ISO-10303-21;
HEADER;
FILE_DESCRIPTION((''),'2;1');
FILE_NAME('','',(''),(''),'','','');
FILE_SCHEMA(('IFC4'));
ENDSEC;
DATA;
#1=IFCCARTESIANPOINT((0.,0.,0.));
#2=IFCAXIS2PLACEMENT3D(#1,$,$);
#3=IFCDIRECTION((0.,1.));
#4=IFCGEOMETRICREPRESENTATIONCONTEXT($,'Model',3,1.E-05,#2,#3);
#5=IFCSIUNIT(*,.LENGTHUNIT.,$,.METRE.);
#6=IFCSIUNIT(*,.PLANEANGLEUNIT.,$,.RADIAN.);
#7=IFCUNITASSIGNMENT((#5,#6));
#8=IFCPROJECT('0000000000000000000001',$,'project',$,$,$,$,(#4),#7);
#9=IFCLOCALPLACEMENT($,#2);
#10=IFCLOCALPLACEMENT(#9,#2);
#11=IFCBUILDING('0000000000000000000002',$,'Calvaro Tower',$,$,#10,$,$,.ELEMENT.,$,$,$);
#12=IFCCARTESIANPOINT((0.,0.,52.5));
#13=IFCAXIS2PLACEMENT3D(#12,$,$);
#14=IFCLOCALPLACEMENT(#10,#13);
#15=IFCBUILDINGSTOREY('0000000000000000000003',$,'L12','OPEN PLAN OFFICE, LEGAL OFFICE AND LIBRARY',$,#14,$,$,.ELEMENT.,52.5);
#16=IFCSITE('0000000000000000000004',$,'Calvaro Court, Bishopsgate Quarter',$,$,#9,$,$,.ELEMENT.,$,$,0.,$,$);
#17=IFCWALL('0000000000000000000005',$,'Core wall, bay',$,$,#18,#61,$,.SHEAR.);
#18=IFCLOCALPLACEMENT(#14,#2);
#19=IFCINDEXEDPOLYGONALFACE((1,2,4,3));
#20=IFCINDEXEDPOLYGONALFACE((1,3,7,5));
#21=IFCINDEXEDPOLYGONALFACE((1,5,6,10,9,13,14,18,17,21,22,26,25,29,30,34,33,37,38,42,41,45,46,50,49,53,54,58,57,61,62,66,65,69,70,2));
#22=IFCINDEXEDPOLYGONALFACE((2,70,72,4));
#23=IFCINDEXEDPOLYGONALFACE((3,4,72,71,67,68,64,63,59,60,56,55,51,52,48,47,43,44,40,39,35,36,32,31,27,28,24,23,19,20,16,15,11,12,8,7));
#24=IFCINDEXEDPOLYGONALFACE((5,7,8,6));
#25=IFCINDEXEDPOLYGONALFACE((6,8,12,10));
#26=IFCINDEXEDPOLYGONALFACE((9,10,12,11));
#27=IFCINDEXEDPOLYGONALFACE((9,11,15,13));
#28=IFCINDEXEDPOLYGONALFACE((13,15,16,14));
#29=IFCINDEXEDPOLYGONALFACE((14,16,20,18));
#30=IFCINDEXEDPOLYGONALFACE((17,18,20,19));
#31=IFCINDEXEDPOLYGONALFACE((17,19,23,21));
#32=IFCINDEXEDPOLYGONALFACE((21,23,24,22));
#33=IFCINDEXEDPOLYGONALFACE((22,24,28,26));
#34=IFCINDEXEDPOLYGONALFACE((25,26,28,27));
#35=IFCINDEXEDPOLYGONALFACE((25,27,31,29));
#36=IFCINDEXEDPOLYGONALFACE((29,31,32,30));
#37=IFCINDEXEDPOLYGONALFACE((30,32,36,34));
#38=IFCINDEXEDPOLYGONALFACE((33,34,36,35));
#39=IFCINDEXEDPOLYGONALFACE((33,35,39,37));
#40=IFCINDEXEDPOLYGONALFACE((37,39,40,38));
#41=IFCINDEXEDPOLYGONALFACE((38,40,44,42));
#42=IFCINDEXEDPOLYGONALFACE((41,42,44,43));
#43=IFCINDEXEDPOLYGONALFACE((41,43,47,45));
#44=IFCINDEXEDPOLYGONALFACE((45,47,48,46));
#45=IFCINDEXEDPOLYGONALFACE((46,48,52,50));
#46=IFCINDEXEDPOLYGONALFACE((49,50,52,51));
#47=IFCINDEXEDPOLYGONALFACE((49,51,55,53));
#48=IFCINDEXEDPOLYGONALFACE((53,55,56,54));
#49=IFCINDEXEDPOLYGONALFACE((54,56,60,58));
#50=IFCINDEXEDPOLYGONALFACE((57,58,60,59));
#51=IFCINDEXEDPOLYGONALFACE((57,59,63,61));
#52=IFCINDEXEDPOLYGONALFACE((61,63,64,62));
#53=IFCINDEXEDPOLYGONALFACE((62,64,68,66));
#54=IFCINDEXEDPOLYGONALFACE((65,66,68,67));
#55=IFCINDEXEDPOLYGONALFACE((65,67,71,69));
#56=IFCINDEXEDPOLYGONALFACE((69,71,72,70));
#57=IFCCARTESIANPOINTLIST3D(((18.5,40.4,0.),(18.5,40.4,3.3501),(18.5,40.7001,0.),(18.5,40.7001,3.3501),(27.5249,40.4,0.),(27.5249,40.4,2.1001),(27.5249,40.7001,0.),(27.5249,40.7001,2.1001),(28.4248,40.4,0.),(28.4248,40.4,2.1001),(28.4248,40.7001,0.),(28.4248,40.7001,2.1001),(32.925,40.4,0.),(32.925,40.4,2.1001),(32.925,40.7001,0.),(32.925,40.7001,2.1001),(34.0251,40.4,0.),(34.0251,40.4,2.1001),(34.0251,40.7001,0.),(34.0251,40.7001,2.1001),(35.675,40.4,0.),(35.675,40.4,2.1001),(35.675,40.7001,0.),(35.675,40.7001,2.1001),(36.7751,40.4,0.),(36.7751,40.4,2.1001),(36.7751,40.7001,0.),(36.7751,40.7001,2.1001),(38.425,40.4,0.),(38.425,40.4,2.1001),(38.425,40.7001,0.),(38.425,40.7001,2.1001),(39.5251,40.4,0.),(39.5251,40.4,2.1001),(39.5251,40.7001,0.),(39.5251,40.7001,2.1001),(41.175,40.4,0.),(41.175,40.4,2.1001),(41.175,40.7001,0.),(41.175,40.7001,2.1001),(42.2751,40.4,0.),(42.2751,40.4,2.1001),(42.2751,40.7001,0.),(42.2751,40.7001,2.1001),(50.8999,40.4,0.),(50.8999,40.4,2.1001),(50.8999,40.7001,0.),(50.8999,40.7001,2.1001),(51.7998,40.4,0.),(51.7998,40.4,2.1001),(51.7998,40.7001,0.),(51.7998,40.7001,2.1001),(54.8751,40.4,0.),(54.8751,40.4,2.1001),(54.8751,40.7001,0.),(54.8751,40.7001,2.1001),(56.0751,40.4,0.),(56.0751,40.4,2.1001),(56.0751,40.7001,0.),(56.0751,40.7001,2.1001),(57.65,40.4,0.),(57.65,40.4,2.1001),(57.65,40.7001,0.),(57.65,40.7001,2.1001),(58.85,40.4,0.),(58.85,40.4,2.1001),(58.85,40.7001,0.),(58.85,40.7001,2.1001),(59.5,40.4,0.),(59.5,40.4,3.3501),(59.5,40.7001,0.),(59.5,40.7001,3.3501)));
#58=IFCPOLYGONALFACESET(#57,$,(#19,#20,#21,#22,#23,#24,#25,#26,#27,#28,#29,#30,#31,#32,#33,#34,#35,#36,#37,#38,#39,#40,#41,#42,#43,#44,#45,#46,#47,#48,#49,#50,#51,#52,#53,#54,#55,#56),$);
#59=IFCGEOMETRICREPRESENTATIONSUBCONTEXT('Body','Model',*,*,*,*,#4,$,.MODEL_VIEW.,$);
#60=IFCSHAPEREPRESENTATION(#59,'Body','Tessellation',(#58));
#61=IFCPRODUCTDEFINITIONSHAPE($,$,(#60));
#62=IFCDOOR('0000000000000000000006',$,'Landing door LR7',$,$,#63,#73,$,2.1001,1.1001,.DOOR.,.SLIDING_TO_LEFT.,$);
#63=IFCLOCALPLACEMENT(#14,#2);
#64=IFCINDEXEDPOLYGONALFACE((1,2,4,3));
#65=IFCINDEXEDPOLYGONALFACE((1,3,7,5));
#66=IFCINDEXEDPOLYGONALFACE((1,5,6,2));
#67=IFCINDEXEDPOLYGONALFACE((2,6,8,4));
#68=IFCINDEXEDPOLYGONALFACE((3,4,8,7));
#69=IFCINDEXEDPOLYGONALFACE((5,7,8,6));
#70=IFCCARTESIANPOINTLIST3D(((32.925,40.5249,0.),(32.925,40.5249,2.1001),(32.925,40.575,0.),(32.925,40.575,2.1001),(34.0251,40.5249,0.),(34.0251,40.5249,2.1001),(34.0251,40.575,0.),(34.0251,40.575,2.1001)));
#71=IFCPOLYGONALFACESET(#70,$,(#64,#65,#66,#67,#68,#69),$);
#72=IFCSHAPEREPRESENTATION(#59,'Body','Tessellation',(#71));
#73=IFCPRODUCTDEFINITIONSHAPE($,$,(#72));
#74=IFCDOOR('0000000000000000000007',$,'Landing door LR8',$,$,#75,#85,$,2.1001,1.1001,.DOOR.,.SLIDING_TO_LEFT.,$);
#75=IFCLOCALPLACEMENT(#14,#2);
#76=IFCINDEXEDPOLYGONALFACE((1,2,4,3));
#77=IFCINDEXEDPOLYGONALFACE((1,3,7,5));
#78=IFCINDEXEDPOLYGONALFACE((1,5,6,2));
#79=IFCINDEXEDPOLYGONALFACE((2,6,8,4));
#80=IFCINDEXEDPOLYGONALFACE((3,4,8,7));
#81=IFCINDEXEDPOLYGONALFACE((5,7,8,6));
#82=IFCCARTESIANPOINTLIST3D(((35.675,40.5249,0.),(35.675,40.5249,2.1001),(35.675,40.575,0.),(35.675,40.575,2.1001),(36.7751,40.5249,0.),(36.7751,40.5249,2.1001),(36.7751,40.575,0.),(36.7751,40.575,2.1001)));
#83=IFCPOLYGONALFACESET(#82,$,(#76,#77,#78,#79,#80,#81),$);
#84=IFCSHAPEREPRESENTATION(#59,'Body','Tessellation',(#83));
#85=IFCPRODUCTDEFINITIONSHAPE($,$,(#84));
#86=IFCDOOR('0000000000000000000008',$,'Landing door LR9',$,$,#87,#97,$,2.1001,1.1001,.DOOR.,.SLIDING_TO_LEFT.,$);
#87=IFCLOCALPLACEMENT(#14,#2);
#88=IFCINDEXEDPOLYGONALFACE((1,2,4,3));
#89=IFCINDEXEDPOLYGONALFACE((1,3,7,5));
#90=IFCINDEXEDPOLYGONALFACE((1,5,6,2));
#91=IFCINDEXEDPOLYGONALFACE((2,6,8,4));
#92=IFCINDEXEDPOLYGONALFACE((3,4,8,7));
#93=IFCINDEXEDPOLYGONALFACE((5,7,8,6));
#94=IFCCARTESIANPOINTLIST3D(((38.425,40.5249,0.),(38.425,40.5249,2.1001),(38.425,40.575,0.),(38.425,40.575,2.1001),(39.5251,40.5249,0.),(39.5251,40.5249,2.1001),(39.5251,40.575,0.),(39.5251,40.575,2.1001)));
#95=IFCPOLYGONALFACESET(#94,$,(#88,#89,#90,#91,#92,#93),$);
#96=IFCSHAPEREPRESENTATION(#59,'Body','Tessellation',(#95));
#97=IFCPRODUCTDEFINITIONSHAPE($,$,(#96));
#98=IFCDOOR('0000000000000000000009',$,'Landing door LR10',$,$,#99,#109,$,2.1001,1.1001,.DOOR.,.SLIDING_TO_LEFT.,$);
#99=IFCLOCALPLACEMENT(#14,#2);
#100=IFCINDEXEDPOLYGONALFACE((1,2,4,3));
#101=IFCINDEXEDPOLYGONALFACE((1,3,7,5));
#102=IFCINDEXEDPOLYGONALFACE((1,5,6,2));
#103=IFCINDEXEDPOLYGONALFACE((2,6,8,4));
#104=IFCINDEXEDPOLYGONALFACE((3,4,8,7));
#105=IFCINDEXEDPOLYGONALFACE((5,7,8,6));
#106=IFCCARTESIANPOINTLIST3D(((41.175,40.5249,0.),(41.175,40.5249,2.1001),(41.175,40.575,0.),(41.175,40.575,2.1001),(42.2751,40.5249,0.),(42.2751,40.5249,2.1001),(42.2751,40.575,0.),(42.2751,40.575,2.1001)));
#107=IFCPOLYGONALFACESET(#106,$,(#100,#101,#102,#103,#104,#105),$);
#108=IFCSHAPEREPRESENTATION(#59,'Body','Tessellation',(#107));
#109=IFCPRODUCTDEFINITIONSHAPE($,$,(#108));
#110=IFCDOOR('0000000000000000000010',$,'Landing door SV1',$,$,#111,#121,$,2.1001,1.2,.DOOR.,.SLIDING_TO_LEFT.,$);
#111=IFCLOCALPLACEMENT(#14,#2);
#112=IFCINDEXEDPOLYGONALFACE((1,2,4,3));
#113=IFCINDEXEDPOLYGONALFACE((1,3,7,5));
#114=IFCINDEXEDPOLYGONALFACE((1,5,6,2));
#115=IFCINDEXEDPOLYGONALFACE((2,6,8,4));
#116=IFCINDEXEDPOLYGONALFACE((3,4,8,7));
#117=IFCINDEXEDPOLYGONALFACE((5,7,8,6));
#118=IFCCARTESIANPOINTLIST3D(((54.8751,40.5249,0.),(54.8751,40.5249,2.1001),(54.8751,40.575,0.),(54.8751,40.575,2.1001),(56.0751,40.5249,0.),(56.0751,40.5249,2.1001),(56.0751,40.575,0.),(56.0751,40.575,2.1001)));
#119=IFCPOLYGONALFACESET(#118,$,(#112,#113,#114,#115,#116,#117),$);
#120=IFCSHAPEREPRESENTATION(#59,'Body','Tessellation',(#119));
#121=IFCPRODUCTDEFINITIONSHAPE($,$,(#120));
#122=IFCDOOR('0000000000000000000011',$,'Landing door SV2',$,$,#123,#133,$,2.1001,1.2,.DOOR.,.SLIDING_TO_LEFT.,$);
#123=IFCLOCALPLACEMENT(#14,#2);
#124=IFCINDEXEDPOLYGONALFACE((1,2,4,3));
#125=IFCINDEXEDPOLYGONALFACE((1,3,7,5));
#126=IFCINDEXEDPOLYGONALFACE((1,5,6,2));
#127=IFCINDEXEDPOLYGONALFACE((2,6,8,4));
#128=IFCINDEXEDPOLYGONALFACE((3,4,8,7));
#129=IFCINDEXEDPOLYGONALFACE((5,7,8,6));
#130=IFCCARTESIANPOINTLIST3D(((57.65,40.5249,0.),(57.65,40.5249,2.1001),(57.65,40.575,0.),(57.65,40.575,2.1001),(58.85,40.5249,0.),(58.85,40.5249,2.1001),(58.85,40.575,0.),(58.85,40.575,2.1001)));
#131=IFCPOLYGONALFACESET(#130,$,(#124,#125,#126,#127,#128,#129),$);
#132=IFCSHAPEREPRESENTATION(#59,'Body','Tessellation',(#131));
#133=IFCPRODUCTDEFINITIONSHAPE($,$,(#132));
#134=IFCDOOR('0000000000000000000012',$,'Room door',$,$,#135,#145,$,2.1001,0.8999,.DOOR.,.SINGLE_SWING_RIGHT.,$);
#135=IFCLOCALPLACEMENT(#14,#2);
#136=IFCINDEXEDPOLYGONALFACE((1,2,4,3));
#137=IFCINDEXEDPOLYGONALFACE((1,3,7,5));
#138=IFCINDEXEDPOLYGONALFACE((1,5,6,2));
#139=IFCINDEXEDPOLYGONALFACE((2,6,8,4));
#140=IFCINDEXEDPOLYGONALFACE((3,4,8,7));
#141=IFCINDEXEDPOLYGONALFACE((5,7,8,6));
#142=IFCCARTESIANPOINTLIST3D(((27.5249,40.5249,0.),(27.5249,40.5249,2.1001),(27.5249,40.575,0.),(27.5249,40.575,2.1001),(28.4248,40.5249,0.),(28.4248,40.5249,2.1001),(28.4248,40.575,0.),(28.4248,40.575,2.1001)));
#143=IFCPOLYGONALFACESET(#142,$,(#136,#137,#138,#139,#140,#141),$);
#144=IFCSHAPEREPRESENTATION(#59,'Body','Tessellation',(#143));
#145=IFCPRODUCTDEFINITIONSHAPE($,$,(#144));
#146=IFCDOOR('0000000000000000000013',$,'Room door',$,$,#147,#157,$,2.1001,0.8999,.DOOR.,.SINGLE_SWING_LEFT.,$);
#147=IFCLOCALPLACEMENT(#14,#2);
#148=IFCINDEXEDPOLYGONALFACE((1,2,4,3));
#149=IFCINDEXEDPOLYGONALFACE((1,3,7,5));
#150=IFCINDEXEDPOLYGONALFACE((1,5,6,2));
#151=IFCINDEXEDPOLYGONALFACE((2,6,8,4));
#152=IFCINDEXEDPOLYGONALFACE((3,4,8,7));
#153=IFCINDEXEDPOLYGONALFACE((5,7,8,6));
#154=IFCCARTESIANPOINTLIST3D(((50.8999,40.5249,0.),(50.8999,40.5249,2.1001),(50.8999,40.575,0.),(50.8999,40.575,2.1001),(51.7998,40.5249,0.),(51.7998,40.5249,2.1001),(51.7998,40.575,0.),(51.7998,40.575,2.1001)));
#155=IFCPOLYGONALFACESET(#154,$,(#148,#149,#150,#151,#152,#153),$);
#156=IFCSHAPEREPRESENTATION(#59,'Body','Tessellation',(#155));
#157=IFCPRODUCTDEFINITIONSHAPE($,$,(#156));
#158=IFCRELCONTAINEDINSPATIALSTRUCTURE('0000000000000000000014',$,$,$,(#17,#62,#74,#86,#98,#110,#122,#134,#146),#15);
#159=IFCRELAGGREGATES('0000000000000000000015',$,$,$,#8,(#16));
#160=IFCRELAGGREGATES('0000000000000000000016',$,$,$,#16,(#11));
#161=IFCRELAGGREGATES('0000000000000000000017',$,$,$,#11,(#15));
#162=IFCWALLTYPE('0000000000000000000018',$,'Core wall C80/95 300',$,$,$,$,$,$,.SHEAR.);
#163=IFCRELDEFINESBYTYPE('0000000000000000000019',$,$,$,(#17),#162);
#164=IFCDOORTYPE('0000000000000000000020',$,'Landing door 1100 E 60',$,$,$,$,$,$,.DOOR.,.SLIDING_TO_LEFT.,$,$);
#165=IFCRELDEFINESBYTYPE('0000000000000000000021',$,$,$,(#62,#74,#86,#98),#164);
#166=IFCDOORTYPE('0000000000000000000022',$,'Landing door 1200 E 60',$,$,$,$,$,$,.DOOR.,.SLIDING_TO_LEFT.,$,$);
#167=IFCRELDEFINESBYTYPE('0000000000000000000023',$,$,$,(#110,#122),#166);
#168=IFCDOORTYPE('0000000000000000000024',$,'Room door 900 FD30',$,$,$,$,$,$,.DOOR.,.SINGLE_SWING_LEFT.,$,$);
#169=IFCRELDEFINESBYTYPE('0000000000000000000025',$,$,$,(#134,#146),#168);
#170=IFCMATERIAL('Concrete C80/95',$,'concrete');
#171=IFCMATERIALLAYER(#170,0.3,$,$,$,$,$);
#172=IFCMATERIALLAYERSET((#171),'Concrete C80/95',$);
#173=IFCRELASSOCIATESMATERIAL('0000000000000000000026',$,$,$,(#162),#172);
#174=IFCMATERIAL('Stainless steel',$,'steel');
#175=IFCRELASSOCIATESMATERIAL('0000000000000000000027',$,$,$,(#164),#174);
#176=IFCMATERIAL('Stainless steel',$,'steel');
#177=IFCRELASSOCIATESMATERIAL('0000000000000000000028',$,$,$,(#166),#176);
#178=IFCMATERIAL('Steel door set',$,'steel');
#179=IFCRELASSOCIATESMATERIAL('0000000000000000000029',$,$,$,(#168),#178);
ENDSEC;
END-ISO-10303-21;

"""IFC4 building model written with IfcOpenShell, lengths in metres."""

from ifc_helpers import new_model, si_unit, direction, frame, frame_2d, origin, place, context, subcontext, project, spatial, rectangle, extrude, material, layer, layer_set, type_object, element, fill, save


model = new_model("IFC4")

# Units and contexts
model_context = context("Model", 3, precision=1e-05, world=origin(), true_north=direction((0.0, 1.0)))
body_context = subcontext(model_context, "Body", "Model", "MODEL_VIEW")
ifc_project = project(units=[si_unit("LENGTHUNIT", "METRE"), si_unit("PLANEANGLEUNIT", "RADIAN")], contexts=[model_context])

# Site, building, storey
site_placement = place(None, origin())
site = spatial("IfcSite", under=ifc_project, at=site_placement, Name="Calvaro Court, Bishopsgate Quarter", CompositionType="ELEMENT", RefElevation=0.0)
building_placement = place(site_placement, origin())
building = spatial("IfcBuilding", under=site, at=building_placement, Name="Calvaro Tower", CompositionType="ELEMENT")
storey_placement = place(building_placement, frame((0.0, 0.0, 52.5)))
storey = spatial("IfcBuildingStorey", under=building, at=storey_placement, Name="L12", Description="OPEN PLAN OFFICE, LEGAL OFFICE AND LIBRARY", CompositionType="ELEMENT", Elevation=52.5)

# Shared definitions
ifc_material_1 = material(Name="Concrete C80/95", Category="concrete")
ifc_layer_1 = layer(ifc_material_1, 0.3)
ifc_layer_set_1 = layer_set([ifc_layer_1], Name="Concrete C80/95")
wall_type_1 = type_object("IfcWallType", Name="Core wall C80/95 300", PredefinedType="SHEAR", material=ifc_layer_set_1)
ifc_material_2 = material(Name="Stainless steel", Category="steel")
door_type_1 = type_object("IfcDoorType", Name="Landing door 1100 E 60", OperationType="SLIDING_TO_LEFT", PredefinedType="DOOR", material=ifc_material_2)

# Wall, openings, doors
wall_1_placement = place(storey_placement, frame((18.5, 40.55, 0.0), z_axis=(0.0, 0.0, 1.0), x_axis=(1.0, 0.0, 0.0)))
wall_1 = element("IfcWall", 1, at=wall_1_placement, inside=storey, type_object=wall_type_1, Name="Core wall, bay", PredefinedType="SHEAR", context=body_context, shape_type="SweptSolid", body=[
    extrude(rectangle(XDim=41.0, YDim=0.3, at=frame_2d((20.5, 0.0))), origin(), (0.0, 0.0, 1.0), 3.3501),
])
opening_1_placement = place(wall_1_placement, frame((9.0249, 0.0, 0.0)))
opening_1 = element("IfcOpeningElement", 2, at=opening_1_placement, cuts=wall_1, PredefinedType="OPENING", context=body_context, shape_type="SweptSolid", body=[
    extrude(rectangle(XDim=0.8999, YDim=2.1001, at=frame_2d((0.45, 1.05))), frame((0.0, 0.1599, 0.0), z_axis=(0.0, -1.0, 0.0), x_axis=(1.0, 0.0, 0.0)), (0.0, 0.0, 1.0), 0.3201),
])
opening_2_placement = place(wall_1_placement, frame((32.3999, 0.0, 0.0)))
opening_2 = element("IfcOpeningElement", 3, at=opening_2_placement, cuts=wall_1, PredefinedType="OPENING", context=body_context, shape_type="SweptSolid", body=[
    extrude(rectangle(XDim=0.8999, YDim=2.1001, at=frame_2d((0.45, 1.05))), frame((0.0, 0.1599, 0.0), z_axis=(0.0, -1.0, 0.0), x_axis=(1.0, 0.0, 0.0)), (0.0, 0.0, 1.0), 0.3201),
])
opening_3_placement = place(wall_1_placement, frame((14.425, 0.0, 0.0)))
opening_3 = element("IfcOpeningElement", 4, at=opening_3_placement, cuts=wall_1, PredefinedType="OPENING", context=body_context, shape_type="SweptSolid", body=[
    extrude(rectangle(XDim=1.1001, YDim=2.1001, at=frame_2d((0.55, 1.05))), frame((0.0, 0.1599, 0.0), z_axis=(0.0, -1.0, 0.0), x_axis=(1.0, 0.0, 0.0)), (0.0, 0.0, 1.0), 0.3201),
])
opening_4_placement = place(wall_1_placement, frame((17.175, 0.0, 0.0)))
opening_4 = element("IfcOpeningElement", 5, at=opening_4_placement, cuts=wall_1, PredefinedType="OPENING", context=body_context, shape_type="SweptSolid", body=[
    extrude(rectangle(XDim=1.1001, YDim=2.1001, at=frame_2d((0.55, 1.05))), frame((0.0, 0.1599, 0.0), z_axis=(0.0, -1.0, 0.0), x_axis=(1.0, 0.0, 0.0)), (0.0, 0.0, 1.0), 0.3201),
])
opening_5_placement = place(wall_1_placement, frame((19.925, 0.0, 0.0)))
opening_5 = element("IfcOpeningElement", 6, at=opening_5_placement, cuts=wall_1, PredefinedType="OPENING", context=body_context, shape_type="SweptSolid", body=[
    extrude(rectangle(XDim=1.1001, YDim=2.1001, at=frame_2d((0.55, 1.05))), frame((0.0, 0.1599, 0.0), z_axis=(0.0, -1.0, 0.0), x_axis=(1.0, 0.0, 0.0)), (0.0, 0.0, 1.0), 0.3201),
])
opening_6_placement = place(wall_1_placement, frame((22.675, 0.0, 0.0)))
opening_6 = element("IfcOpeningElement", 7, at=opening_6_placement, cuts=wall_1, PredefinedType="OPENING", context=body_context, shape_type="SweptSolid", body=[
    extrude(rectangle(XDim=1.1001, YDim=2.1001, at=frame_2d((0.55, 1.05))), frame((0.0, 0.1599, 0.0), z_axis=(0.0, -1.0, 0.0), x_axis=(1.0, 0.0, 0.0)), (0.0, 0.0, 1.0), 0.3201),
])
opening_7_placement = place(wall_1_placement, frame((36.375, 0.0, 0.0)))
opening_7 = element("IfcOpeningElement", 8, at=opening_7_placement, cuts=wall_1, PredefinedType="OPENING", context=body_context, shape_type="SweptSolid", body=[
    extrude(rectangle(XDim=1.2, YDim=2.1001, at=frame_2d((0.6001, 1.05))), frame((0.0, 0.1599, 0.0), z_axis=(0.0, -1.0, 0.0), x_axis=(1.0, 0.0, 0.0)), (0.0, 0.0, 1.0), 0.3201),
])
opening_8_placement = place(wall_1_placement, frame((39.1499, 0.0, 0.0)))
opening_8 = element("IfcOpeningElement", 9, at=opening_8_placement, cuts=wall_1, PredefinedType="OPENING", context=body_context, shape_type="SweptSolid", body=[
    extrude(rectangle(XDim=1.2, YDim=2.1001, at=frame_2d((0.6001, 1.05))), frame((0.0, 0.1599, 0.0), z_axis=(0.0, -1.0, 0.0), x_axis=(1.0, 0.0, 0.0)), (0.0, 0.0, 1.0), 0.3201),
])
door_1_placement = place(opening_3_placement, origin())
door_1 = element("IfcDoor", 10, at=door_1_placement, inside=storey, type_object=door_type_1, Name="Landing door LR7", OperationType="SLIDING_TO_LEFT", OverallHeight=2.1001, OverallWidth=1.1001, PredefinedType="DOOR", context=body_context, shape_type="SweptSolid", body=[
    extrude(rectangle(XDim=1.1001, YDim=2.1001, at=frame_2d((0.55, 1.05))), frame((0.0, 0.0249, 0.0), z_axis=(0.0, -1.0, 0.0), x_axis=(1.0, 0.0, 0.0)), (0.0, 0.0, 1.0), 0.05),
])
fill(opening_3, door_1)
door_2_placement = place(opening_4_placement, origin())
door_2 = element("IfcDoor", 11, at=door_2_placement, inside=storey, type_object=door_type_1, Name="Landing door LR8", OperationType="SLIDING_TO_LEFT", OverallHeight=2.1001, OverallWidth=1.1001, PredefinedType="DOOR", context=body_context, shape_type="SweptSolid", body=[
    extrude(rectangle(XDim=1.1001, YDim=2.1001, at=frame_2d((0.55, 1.05))), frame((0.0, 0.0249, 0.0), z_axis=(0.0, -1.0, 0.0), x_axis=(1.0, 0.0, 0.0)), (0.0, 0.0, 1.0), 0.05),
])
fill(opening_4, door_2)
door_3_placement = place(opening_5_placement, origin())
door_3 = element("IfcDoor", 12, at=door_3_placement, inside=storey, type_object=door_type_1, Name="Landing door LR9", OperationType="SLIDING_TO_LEFT", OverallHeight=2.1001, OverallWidth=1.1001, PredefinedType="DOOR", context=body_context, shape_type="SweptSolid", body=[
    extrude(rectangle(XDim=1.1001, YDim=2.1001, at=frame_2d((0.55, 1.05))), frame((0.0, 0.0249, 0.0), z_axis=(0.0, -1.0, 0.0), x_axis=(1.0, 0.0, 0.0)), (0.0, 0.0, 1.0), 0.05),
])
fill(opening_5, door_3)
door_4_placement = place(opening_6_placement, origin())
door_4 = element("IfcDoor", 13, at=door_4_placement, inside=storey, type_object=door_type_1, Name="Landing door LR10", OperationType="SLIDING_TO_LEFT", OverallHeight=2.1001, OverallWidth=1.1001, PredefinedType="DOOR", context=body_context, shape_type="SweptSolid", body=[
    extrude(rectangle(XDim=1.1001, YDim=2.1001, at=frame_2d((0.55, 1.05))), frame((0.0, 0.0249, 0.0), z_axis=(0.0, -1.0, 0.0), x_axis=(1.0, 0.0, 0.0)), (0.0, 0.0, 1.0), 0.05),
])
fill(opening_6, door_4)
ifc_material_3 = material(Name="Stainless steel", Category="steel")
door_type_2 = type_object("IfcDoorType", Name="Landing door 1200 E 60", OperationType="SLIDING_TO_LEFT", PredefinedType="DOOR", material=ifc_material_3)
door_5_placement = place(opening_7_placement, origin())
door_5 = element("IfcDoor", 14, at=door_5_placement, inside=storey, type_object=door_type_2, Name="Landing door SV1", OperationType="SLIDING_TO_LEFT", OverallHeight=2.1001, OverallWidth=1.2, PredefinedType="DOOR", context=body_context, shape_type="SweptSolid", body=[
    extrude(rectangle(XDim=1.2, YDim=2.1001, at=frame_2d((0.6001, 1.05))), frame((0.0, 0.0249, 0.0), z_axis=(0.0, -1.0, 0.0), x_axis=(1.0, 0.0, 0.0)), (0.0, 0.0, 1.0), 0.05),
])
fill(opening_7, door_5)
door_6_placement = place(opening_8_placement, origin())
door_6 = element("IfcDoor", 15, at=door_6_placement, inside=storey, type_object=door_type_2, Name="Landing door SV2", OperationType="SLIDING_TO_LEFT", OverallHeight=2.1001, OverallWidth=1.2, PredefinedType="DOOR", context=body_context, shape_type="SweptSolid", body=[
    extrude(rectangle(XDim=1.2, YDim=2.1001, at=frame_2d((0.6001, 1.05))), frame((0.0, 0.0249, 0.0), z_axis=(0.0, -1.0, 0.0), x_axis=(1.0, 0.0, 0.0)), (0.0, 0.0, 1.0), 0.05),
])
fill(opening_8, door_6)
ifc_material_4 = material(Name="Steel door set", Category="steel")
door_type_3 = type_object("IfcDoorType", Name="Room door 900 FD30", OperationType="SINGLE_SWING_LEFT", PredefinedType="DOOR", material=ifc_material_4)
door_7_placement = place(opening_1_placement, origin())
door_7 = element("IfcDoor", 16, at=door_7_placement, inside=storey, type_object=door_type_3, Name="Room door", OperationType="SINGLE_SWING_RIGHT", OverallHeight=2.1001, OverallWidth=0.8999, PredefinedType="DOOR", context=body_context, shape_type="SweptSolid", body=[
    extrude(rectangle(XDim=0.8999, YDim=2.1001, at=frame_2d((0.45, 1.05))), frame((0.0, 0.0249, 0.0), z_axis=(0.0, -1.0, 0.0), x_axis=(1.0, 0.0, 0.0)), (0.0, 0.0, 1.0), 0.05),
])
fill(opening_1, door_7)
door_8_placement = place(opening_2_placement, origin())
door_8 = element("IfcDoor", 17, at=door_8_placement, inside=storey, type_object=door_type_3, Name="Room door", OperationType="SINGLE_SWING_LEFT", OverallHeight=2.1001, OverallWidth=0.8999, PredefinedType="DOOR", context=body_context, shape_type="SweptSolid", body=[
    extrude(rectangle(XDim=0.8999, YDim=2.1001, at=frame_2d((0.45, 1.05))), frame((0.0, 0.0249, 0.0), z_axis=(0.0, -1.0, 0.0), x_axis=(1.0, 0.0, 0.0)), (0.0, 0.0, 1.0), 0.05),
])
fill(opening_2, door_8)

save(model, "model.ifc")
